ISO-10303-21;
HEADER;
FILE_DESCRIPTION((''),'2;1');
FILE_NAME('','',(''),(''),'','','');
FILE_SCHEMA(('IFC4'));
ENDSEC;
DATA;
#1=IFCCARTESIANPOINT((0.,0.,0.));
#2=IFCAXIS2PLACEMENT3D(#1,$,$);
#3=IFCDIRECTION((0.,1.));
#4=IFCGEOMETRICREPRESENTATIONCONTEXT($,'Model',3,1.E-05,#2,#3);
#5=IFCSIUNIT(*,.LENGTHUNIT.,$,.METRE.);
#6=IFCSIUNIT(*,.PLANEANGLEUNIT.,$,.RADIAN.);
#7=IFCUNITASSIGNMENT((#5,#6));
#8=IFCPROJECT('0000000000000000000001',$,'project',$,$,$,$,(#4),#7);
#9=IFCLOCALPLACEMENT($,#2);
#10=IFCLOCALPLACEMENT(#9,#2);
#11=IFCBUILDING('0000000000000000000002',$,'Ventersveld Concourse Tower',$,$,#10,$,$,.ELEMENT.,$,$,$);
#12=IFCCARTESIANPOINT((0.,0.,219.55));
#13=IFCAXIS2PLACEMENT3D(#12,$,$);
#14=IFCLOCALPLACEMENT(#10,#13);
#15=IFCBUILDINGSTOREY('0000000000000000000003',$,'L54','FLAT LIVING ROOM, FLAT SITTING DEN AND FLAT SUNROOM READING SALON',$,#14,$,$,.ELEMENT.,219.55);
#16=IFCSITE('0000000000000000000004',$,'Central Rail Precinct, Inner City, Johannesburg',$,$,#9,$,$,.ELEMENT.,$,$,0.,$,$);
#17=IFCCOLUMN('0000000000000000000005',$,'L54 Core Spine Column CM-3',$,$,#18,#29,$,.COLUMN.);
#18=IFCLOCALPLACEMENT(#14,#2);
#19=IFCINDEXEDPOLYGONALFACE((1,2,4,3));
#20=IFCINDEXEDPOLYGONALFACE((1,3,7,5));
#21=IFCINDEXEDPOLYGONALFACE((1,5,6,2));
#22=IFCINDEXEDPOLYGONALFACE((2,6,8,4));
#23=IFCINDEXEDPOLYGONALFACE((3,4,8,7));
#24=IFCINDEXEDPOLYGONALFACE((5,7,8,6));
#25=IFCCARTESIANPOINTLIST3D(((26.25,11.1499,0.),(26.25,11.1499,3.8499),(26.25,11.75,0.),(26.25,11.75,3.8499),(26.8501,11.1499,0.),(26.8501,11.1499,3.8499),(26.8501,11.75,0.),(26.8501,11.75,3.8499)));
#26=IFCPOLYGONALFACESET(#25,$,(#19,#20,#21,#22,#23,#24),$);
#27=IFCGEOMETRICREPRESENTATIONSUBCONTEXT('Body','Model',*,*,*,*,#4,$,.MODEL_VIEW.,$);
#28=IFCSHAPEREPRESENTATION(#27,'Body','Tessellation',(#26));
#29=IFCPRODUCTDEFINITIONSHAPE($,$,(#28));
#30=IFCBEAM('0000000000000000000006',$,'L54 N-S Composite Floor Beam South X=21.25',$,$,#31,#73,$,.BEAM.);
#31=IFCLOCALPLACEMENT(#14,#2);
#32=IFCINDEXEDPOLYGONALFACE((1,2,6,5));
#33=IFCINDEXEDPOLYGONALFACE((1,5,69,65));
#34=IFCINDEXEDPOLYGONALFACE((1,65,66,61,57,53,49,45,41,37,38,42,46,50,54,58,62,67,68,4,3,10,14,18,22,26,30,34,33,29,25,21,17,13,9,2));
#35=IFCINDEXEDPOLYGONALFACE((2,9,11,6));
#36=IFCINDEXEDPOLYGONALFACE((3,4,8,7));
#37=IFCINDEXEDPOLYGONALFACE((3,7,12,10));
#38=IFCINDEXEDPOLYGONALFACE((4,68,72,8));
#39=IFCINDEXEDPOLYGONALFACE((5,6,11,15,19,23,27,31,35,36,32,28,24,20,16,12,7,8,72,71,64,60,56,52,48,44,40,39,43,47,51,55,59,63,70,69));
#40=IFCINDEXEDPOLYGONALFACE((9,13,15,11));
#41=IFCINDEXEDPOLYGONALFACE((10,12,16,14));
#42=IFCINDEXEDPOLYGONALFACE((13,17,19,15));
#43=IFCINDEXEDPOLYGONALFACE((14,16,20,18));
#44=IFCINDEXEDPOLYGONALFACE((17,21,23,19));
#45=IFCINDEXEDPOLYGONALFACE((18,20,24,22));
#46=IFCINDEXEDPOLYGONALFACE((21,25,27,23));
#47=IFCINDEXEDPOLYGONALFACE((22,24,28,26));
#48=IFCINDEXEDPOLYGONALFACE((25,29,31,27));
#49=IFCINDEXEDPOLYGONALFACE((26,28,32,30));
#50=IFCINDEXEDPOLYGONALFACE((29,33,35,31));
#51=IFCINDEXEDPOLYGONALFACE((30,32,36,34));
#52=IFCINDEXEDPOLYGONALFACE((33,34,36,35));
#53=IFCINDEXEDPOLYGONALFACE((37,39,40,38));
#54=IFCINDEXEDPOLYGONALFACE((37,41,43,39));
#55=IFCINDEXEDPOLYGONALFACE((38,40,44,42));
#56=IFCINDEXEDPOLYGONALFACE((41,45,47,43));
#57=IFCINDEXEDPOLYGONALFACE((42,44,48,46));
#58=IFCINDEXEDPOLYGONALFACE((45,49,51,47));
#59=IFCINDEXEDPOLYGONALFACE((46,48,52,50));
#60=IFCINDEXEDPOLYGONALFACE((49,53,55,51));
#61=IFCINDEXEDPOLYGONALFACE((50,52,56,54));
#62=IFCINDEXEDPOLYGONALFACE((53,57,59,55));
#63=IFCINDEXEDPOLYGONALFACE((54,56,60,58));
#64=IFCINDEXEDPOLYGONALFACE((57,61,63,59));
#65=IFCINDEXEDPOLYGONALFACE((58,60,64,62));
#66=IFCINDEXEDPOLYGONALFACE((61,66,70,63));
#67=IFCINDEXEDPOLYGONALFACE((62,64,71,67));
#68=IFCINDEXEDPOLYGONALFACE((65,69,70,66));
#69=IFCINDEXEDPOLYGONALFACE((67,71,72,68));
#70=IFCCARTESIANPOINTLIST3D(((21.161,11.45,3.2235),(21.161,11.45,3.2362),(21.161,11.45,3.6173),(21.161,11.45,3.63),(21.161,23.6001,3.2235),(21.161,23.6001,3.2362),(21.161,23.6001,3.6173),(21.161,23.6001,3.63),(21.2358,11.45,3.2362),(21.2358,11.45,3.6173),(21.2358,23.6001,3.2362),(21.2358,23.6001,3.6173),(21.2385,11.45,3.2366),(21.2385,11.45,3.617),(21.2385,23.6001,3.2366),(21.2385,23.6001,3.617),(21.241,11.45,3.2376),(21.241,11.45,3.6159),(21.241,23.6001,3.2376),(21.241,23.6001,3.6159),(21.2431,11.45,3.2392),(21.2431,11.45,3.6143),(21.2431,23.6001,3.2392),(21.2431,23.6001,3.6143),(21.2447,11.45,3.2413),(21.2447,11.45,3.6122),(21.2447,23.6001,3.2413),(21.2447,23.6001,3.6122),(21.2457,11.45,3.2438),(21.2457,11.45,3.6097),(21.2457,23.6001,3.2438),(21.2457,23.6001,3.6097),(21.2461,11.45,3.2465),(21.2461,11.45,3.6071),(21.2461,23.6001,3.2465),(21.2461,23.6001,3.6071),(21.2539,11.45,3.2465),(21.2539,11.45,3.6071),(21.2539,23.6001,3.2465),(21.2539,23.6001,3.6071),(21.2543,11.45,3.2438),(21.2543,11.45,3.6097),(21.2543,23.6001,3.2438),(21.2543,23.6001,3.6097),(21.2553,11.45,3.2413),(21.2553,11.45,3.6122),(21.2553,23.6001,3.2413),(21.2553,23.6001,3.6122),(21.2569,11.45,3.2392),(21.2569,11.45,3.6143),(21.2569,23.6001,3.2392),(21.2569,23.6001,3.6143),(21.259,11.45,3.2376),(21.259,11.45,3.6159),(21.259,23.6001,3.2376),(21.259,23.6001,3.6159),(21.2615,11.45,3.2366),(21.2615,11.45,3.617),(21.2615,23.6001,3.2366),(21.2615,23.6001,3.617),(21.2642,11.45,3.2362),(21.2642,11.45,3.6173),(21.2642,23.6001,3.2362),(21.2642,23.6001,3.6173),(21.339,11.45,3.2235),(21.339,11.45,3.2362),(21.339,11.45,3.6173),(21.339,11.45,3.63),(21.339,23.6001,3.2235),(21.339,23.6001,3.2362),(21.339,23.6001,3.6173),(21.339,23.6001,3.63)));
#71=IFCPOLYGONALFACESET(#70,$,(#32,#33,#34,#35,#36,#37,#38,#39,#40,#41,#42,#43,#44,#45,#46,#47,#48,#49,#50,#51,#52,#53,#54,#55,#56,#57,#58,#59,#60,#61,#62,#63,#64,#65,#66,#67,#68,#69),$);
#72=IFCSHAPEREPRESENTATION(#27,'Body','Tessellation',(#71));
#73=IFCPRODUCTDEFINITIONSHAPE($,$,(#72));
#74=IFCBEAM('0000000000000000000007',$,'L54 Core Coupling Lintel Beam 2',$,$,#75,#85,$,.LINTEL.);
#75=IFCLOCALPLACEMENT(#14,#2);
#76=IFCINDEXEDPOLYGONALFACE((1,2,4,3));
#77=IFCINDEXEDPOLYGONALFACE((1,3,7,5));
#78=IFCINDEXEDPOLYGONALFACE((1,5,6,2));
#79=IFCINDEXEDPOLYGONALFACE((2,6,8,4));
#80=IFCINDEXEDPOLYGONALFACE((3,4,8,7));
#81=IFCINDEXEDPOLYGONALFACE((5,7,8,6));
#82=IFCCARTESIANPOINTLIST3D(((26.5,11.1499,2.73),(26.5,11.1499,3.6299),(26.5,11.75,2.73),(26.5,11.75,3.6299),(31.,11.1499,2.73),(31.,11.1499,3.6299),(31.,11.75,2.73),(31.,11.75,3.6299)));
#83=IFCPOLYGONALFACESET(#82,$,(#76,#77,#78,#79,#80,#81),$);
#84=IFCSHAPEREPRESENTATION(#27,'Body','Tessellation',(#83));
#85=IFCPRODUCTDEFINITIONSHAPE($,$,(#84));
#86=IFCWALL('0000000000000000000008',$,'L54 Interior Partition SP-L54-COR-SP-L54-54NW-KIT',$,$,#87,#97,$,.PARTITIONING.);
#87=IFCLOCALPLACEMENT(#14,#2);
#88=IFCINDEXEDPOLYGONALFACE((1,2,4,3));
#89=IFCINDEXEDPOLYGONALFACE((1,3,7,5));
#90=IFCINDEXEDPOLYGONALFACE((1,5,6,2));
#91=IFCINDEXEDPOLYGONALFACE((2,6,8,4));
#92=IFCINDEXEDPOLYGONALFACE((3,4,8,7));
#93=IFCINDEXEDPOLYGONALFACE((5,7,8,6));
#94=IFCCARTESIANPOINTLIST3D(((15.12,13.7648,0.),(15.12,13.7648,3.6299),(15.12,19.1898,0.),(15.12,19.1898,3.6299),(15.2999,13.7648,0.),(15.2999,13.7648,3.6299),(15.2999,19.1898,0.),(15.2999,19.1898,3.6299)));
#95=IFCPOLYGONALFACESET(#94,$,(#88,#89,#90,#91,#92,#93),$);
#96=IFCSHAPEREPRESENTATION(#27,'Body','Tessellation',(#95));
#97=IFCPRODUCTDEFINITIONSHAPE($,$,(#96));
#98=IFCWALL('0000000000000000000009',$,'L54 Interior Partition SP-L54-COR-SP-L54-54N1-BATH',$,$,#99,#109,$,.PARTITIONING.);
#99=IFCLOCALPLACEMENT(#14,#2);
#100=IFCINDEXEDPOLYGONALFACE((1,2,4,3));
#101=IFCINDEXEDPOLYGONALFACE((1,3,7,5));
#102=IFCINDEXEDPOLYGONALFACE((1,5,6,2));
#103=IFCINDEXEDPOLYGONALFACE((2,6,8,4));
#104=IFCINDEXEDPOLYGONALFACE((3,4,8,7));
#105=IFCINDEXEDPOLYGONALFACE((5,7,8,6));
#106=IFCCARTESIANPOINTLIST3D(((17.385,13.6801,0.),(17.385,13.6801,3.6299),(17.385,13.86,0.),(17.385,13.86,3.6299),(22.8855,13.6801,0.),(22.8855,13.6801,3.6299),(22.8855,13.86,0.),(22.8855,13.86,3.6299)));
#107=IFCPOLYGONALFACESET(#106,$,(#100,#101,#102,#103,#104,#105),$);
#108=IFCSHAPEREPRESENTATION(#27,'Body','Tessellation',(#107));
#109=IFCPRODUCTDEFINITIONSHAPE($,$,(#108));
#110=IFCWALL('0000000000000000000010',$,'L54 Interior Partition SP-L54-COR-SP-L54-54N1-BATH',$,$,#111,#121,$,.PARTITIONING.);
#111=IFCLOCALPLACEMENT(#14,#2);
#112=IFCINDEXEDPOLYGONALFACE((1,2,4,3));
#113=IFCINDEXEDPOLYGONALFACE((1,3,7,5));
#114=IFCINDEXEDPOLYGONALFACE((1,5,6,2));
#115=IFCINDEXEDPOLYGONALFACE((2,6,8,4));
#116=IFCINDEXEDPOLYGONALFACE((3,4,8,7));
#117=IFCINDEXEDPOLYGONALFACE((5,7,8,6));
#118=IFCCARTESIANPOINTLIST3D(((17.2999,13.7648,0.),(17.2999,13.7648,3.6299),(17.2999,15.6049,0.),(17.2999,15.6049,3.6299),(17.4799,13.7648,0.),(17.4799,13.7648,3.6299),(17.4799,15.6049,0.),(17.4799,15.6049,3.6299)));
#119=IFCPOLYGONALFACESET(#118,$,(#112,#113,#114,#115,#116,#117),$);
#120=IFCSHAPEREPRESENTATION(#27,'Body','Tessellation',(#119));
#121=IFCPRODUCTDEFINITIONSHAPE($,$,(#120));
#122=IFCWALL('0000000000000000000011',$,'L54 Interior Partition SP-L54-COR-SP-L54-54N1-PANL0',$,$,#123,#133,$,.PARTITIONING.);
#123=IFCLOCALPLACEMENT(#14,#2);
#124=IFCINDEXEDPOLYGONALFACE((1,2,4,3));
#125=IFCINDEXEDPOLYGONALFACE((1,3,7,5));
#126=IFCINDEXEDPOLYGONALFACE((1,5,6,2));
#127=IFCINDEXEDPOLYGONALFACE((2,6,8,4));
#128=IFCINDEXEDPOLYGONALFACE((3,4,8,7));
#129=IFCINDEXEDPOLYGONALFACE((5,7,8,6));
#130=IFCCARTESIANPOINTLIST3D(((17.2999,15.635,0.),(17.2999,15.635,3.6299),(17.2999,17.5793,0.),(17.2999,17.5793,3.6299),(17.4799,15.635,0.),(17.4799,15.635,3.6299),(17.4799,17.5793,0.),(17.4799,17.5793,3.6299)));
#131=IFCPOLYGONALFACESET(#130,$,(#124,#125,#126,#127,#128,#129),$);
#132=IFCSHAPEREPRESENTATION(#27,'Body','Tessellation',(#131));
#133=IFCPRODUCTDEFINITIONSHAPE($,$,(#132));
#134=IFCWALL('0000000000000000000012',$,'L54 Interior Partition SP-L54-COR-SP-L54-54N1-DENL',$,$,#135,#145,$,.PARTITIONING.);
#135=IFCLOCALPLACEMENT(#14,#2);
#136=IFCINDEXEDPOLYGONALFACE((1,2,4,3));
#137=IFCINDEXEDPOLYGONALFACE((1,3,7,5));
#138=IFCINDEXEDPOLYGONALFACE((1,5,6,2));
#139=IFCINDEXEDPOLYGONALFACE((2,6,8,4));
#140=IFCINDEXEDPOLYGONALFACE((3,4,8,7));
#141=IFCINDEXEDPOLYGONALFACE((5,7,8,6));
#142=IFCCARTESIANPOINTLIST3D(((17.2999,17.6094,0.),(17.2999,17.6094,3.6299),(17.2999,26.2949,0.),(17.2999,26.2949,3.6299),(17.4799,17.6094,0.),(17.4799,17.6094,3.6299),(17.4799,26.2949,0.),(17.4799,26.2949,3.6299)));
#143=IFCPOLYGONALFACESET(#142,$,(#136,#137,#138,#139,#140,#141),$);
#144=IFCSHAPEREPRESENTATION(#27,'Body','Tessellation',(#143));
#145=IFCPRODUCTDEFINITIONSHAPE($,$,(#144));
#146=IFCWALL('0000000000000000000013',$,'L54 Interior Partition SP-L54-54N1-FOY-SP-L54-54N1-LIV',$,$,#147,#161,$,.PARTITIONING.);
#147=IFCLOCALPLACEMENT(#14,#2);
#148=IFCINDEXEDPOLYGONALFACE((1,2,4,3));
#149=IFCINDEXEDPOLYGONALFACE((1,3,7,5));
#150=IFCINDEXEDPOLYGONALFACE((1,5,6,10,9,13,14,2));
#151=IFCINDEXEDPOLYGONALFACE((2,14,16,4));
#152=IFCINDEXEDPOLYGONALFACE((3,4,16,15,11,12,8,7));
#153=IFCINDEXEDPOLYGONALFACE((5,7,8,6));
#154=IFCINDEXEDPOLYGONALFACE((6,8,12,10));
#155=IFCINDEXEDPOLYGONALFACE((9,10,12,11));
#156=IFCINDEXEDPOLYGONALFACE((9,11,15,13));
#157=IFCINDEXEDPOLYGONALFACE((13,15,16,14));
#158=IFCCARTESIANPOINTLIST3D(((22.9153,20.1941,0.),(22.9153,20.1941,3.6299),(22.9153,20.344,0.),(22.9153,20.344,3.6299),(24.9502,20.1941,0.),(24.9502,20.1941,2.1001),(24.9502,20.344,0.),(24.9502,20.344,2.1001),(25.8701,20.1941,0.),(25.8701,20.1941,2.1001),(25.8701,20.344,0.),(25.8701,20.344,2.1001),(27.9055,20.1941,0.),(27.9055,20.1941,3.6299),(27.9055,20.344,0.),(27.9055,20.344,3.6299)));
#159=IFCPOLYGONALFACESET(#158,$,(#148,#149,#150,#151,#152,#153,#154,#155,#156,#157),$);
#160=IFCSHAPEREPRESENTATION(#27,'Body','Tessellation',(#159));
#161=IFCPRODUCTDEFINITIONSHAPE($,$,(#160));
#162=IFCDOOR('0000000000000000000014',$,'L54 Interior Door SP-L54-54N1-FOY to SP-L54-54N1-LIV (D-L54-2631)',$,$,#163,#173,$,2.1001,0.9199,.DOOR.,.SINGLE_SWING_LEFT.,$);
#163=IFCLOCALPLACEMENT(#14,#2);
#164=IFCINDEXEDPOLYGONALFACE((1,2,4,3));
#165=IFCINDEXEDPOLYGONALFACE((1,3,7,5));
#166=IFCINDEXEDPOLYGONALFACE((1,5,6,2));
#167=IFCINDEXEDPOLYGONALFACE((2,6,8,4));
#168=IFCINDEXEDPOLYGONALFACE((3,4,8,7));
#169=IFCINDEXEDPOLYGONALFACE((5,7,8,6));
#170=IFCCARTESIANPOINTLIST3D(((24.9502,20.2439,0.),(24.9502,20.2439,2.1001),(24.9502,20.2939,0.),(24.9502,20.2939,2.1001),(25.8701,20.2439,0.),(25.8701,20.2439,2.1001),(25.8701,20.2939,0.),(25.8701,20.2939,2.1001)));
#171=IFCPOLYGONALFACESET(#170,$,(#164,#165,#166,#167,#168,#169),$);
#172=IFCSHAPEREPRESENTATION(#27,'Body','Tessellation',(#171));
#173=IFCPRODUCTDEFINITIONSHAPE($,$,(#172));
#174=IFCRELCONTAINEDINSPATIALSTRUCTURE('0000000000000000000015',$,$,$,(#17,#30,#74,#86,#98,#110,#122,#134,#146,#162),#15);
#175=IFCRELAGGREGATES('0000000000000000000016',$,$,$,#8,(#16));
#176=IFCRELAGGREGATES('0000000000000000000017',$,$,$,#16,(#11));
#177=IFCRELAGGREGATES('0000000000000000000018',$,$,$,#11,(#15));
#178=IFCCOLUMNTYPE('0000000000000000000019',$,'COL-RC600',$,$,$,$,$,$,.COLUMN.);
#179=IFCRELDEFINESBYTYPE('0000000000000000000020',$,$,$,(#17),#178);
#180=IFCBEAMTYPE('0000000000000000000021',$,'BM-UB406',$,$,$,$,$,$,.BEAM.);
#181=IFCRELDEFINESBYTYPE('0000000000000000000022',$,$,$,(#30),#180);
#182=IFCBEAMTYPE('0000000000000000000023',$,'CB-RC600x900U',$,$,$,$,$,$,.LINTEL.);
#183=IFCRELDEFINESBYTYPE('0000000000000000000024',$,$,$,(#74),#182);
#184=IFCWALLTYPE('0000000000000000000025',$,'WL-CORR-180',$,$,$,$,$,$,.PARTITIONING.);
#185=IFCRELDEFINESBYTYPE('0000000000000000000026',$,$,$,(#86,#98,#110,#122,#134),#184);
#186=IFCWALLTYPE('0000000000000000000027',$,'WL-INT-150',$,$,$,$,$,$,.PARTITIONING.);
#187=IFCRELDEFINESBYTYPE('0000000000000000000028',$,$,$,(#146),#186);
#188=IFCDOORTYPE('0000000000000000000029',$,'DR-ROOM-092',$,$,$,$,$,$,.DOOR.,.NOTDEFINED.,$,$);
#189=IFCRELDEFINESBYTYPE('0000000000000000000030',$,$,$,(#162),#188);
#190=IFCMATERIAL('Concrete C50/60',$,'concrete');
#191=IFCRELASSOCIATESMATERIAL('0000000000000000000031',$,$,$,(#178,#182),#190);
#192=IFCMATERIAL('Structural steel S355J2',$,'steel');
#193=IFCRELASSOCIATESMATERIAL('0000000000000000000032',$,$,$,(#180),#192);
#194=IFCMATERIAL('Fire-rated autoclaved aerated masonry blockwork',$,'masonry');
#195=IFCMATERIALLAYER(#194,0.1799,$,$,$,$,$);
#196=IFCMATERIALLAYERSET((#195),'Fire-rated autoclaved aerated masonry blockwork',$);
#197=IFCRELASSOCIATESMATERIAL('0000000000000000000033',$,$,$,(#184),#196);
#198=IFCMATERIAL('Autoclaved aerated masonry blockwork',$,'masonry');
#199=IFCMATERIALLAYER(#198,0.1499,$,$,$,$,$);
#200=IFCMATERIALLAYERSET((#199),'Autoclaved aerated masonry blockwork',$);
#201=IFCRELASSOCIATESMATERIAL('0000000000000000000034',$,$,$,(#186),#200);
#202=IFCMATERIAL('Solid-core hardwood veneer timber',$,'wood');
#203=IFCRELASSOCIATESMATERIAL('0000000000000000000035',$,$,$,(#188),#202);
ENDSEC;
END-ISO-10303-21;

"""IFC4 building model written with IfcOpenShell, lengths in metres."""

from ifc_helpers import new_model, si_unit, direction, frame, frame_2d, origin, origin_2d, place, context, subcontext, project, spatial, rectangle, i_section, extrude, material, layer, layer_set, material_profile, profile_set, type_object, element, fill, save


model = new_model("IFC4")

# Units and contexts
model_context = context("Model", 3, precision=1e-05, world=origin(), true_north=direction((0.0, 1.0)))
body_context = subcontext(model_context, "Body", "Model", "MODEL_VIEW")
ifc_project = project(units=[si_unit("LENGTHUNIT", "METRE"), si_unit("PLANEANGLEUNIT", "RADIAN")], contexts=[model_context])

# Site, building, storey
site_placement = place(None, origin())
site = spatial("IfcSite", under=ifc_project, at=site_placement, Name="Central Rail Precinct, Inner City, Johannesburg", CompositionType="ELEMENT", RefElevation=0.0)
building_placement = place(site_placement, origin())
building = spatial("IfcBuilding", under=site, at=building_placement, Name="Ventersveld Concourse Tower", CompositionType="ELEMENT")
storey_placement = place(building_placement, frame((0.0, 0.0, 219.55)))
storey = spatial("IfcBuildingStorey", under=building, at=storey_placement, Name="L54", Description="FLAT LIVING ROOM, FLAT SITTING DEN AND FLAT SUNROOM READING SALON", CompositionType="ELEMENT", Elevation=219.55)

# Column
ifc_material_1 = material(Name="Concrete C50/60", Category="concrete")
ifc_material_profile_1 = material_profile(ifc_material_1, rectangle(XDim=0.6001, YDim=0.6001, at=origin_2d()), Name="RC 600x600")
ifc_profile_set_1 = profile_set([ifc_material_profile_1], Name="Concrete C50/60")
column_type = type_object("IfcColumnType", Name="COL-RC600", PredefinedType="COLUMN", material=ifc_profile_set_1)
column_placement = place(storey_placement, frame((26.55, 11.45, 0.0), z_axis=(0.0, 0.0, 1.0), x_axis=(1.0, 0.0, 0.0)))
element("IfcColumn", 1, at=column_placement, inside=storey, type_object=column_type, Name="L54 Core Spine Column CM-3", PredefinedType="COLUMN", context=body_context, shape_type="SweptSolid", body=[
    extrude(rectangle(XDim=0.6001, YDim=0.6001, at=origin_2d()), origin(), (0.0, 0.0, 1.0), 3.8499),
])

# Beams
ifc_material_2 = material(Name="Structural steel S355J2", Category="steel")
ifc_material_profile_2 = material_profile(ifc_material_2, i_section(OverallWidth=0.178, OverallDepth=0.4065, WebThickness=0.0078, FlangeThickness=0.0127, FilletRadius=0.0103, at=origin_2d()), Name="UB 406x178x60")
ifc_profile_set_2 = profile_set([ifc_material_profile_2], Name="Structural steel S355J2")
beam_type_1 = type_object("IfcBeamType", Name="BM-UB406", PredefinedType="BEAM", material=ifc_profile_set_2)
beam_1_placement = place(storey_placement, frame((21.25, 11.45, 3.4268), z_axis=(0.0, 1.0, 0.0), x_axis=(-1.0, 0.0, 0.0)))
element("IfcBeam", 2, at=beam_1_placement, inside=storey, type_object=beam_type_1, Name="L54 N-S Composite Floor Beam South X=21.25", PredefinedType="BEAM", context=body_context, shape_type="SweptSolid", body=[
    extrude(i_section(OverallWidth=0.178, OverallDepth=0.4065, WebThickness=0.0078, FlangeThickness=0.0127, FilletRadius=0.0103, at=origin_2d()), origin(), (0.0, 0.0, 1.0), 12.1501),
])
ifc_material_profile_3 = material_profile(ifc_material_1, rectangle(XDim=0.6001, YDim=0.8999, at=origin_2d()), Name="RC 600x900")
ifc_profile_set_3 = profile_set([ifc_material_profile_3], Name="Concrete C50/60")
beam_type_2 = type_object("IfcBeamType", Name="CB-RC600x900U", PredefinedType="LINTEL", material=ifc_profile_set_3)
beam_2_placement = place(storey_placement, frame((26.5, 11.45, 3.1799), z_axis=(1.0, 0.0, 0.0), x_axis=(0.0, 1.0, 0.0)))
element("IfcBeam", 3, at=beam_2_placement, inside=storey, type_object=beam_type_2, Name="L54 Core Coupling Lintel Beam 2", PredefinedType="LINTEL", context=body_context, shape_type="SweptSolid", body=[
    extrude(rectangle(XDim=0.6001, YDim=0.8999, at=origin_2d()), origin(), (0.0, 0.0, 1.0), 4.5),
])

# Wall
ifc_material_3 = material(Name="Fire-rated autoclaved aerated masonry blockwork", Category="masonry")
ifc_layer_1 = layer(ifc_material_3, 0.1799)
ifc_layer_set_1 = layer_set([ifc_layer_1], Name="Fire-rated autoclaved aerated masonry blockwork")
wall_type_1 = type_object("IfcWallType", Name="WL-CORR-180", PredefinedType="PARTITIONING", material=ifc_layer_set_1)
wall_1_placement = place(storey_placement, frame((15.21, 13.7649, 0.0), z_axis=(0.0, 0.0, 1.0), x_axis=(0.0, 1.0, 0.0)))
element("IfcWall", 4, at=wall_1_placement, inside=storey, type_object=wall_type_1, Name="L54 Interior Partition SP-L54-COR-SP-L54-54NW-KIT", PredefinedType="PARTITIONING", context=body_context, shape_type="SweptSolid", body=[
    extrude(rectangle(XDim=5.425, YDim=0.1799, at=frame_2d((2.7124, 0.0))), origin(), (0.0, 0.0, 1.0), 3.6299),
])

# Shared definitions
ifc_material_4 = material(Name="Solid-core hardwood veneer timber", Category="wood")

# Walls
wall_2_placement = place(storey_placement, frame((17.385, 13.77, 0.0), z_axis=(0.0, 0.0, 1.0), x_axis=(1.0, 0.0, 0.0)))
element("IfcWall", 5, at=wall_2_placement, inside=storey, type_object=wall_type_1, Name="L54 Interior Partition SP-L54-COR-SP-L54-54N1-BATH", PredefinedType="PARTITIONING", context=body_context, shape_type="SweptSolid", body=[
    extrude(rectangle(XDim=5.5005, YDim=0.1799, at=frame_2d((2.7502, 0.0))), origin(), (0.0, 0.0, 1.0), 3.6299),
])
wall_3_placement = place(storey_placement, frame((17.3899, 13.7649, 0.0), z_axis=(0.0, 0.0, 1.0), x_axis=(0.0, 1.0, 0.0)))
element("IfcWall", 6, at=wall_3_placement, inside=storey, type_object=wall_type_1, Name="L54 Interior Partition SP-L54-COR-SP-L54-54N1-BATH", PredefinedType="PARTITIONING", context=body_context, shape_type="SweptSolid", body=[
    extrude(rectangle(XDim=1.8401, YDim=0.1799, at=frame_2d((0.9199, 0.0))), origin(), (0.0, 0.0, 1.0), 3.6299),
])
wall_4_placement = place(storey_placement, frame((17.3899, 15.635, 0.0), z_axis=(0.0, 0.0, 1.0), x_axis=(0.0, 1.0, 0.0)))
element("IfcWall", 7, at=wall_4_placement, inside=storey, type_object=wall_type_1, Name="L54 Interior Partition SP-L54-COR-SP-L54-54N1-PANL0", PredefinedType="PARTITIONING", context=body_context, shape_type="SweptSolid", body=[
    extrude(rectangle(XDim=1.9443, YDim=0.1799, at=frame_2d((0.9722, 0.0))), origin(), (0.0, 0.0, 1.0), 3.6299),
])
wall_5_placement = place(storey_placement, frame((17.3899, 17.6094, 0.0), z_axis=(0.0, 0.0, 1.0), x_axis=(0.0, 1.0, 0.0)))
element("IfcWall", 8, at=wall_5_placement, inside=storey, type_object=wall_type_1, Name="L54 Interior Partition SP-L54-COR-SP-L54-54N1-DENL", PredefinedType="PARTITIONING", context=body_context, shape_type="SweptSolid", body=[
    extrude(rectangle(XDim=8.6855, YDim=0.1799, at=frame_2d((4.3428, 0.0))), origin(), (0.0, 0.0, 1.0), 3.6299),
])

# Wall, opening, door
ifc_material_5 = material(Name="Autoclaved aerated masonry blockwork", Category="masonry")
ifc_layer_2 = layer(ifc_material_5, 0.1499)
ifc_layer_set_2 = layer_set([ifc_layer_2], Name="Autoclaved aerated masonry blockwork")
wall_type_2 = type_object("IfcWallType", Name="WL-INT-150", PredefinedType="PARTITIONING", material=ifc_layer_set_2)
wall_6_placement = place(storey_placement, frame((22.9153, 20.269, 0.0), z_axis=(0.0, 0.0, 1.0), x_axis=(1.0, 0.0, 0.0)))
wall_6 = element("IfcWall", 9, at=wall_6_placement, inside=storey, type_object=wall_type_2, Name="L54 Interior Partition SP-L54-54N1-FOY-SP-L54-54N1-LIV", PredefinedType="PARTITIONING", context=body_context, shape_type="SweptSolid", body=[
    extrude(rectangle(XDim=4.9902, YDim=0.1499, at=frame_2d((2.4951, 0.0))), origin(), (0.0, 0.0, 1.0), 3.6299),
])
opening_1_placement = place(wall_6_placement, frame((2.0349, 0.0, 0.0)))
opening_1 = element("IfcOpeningElement", 10, at=opening_1_placement, cuts=wall_6, PredefinedType="OPENING", context=body_context, shape_type="SweptSolid", body=[
    extrude(rectangle(XDim=0.9199, YDim=2.1001, at=frame_2d((0.46, 1.05))), frame((0.0, 0.085, 0.0), z_axis=(0.0, -1.0, 0.0), x_axis=(1.0, 0.0, 0.0)), (0.0, 0.0, 1.0), 0.1699),
])
door_type_1 = type_object("IfcDoorType", Name="DR-ROOM-092", OperationType="NOTDEFINED", PredefinedType="DOOR", material=ifc_material_4)
door_1_placement = place(opening_1_placement, origin())
door_1 = element("IfcDoor", 11, at=door_1_placement, inside=storey, type_object=door_type_1, Name="L54 Interior Door SP-L54-54N1-FOY to SP-L54-54N1-LIV (D-L54-2631)", OperationType="SINGLE_SWING_LEFT", OverallHeight=2.1001, OverallWidth=0.9199, PredefinedType="DOOR", context=body_context, shape_type="SweptSolid", body=[
    extrude(rectangle(XDim=0.9199, YDim=2.1001, at=frame_2d((0.46, 1.05))), frame((0.0, 0.0249, 0.0), z_axis=(0.0, -1.0, 0.0), x_axis=(1.0, 0.0, 0.0)), (0.0, 0.0, 1.0), 0.05),
])
fill(opening_1, door_1)

save(model, "model.ifc")
